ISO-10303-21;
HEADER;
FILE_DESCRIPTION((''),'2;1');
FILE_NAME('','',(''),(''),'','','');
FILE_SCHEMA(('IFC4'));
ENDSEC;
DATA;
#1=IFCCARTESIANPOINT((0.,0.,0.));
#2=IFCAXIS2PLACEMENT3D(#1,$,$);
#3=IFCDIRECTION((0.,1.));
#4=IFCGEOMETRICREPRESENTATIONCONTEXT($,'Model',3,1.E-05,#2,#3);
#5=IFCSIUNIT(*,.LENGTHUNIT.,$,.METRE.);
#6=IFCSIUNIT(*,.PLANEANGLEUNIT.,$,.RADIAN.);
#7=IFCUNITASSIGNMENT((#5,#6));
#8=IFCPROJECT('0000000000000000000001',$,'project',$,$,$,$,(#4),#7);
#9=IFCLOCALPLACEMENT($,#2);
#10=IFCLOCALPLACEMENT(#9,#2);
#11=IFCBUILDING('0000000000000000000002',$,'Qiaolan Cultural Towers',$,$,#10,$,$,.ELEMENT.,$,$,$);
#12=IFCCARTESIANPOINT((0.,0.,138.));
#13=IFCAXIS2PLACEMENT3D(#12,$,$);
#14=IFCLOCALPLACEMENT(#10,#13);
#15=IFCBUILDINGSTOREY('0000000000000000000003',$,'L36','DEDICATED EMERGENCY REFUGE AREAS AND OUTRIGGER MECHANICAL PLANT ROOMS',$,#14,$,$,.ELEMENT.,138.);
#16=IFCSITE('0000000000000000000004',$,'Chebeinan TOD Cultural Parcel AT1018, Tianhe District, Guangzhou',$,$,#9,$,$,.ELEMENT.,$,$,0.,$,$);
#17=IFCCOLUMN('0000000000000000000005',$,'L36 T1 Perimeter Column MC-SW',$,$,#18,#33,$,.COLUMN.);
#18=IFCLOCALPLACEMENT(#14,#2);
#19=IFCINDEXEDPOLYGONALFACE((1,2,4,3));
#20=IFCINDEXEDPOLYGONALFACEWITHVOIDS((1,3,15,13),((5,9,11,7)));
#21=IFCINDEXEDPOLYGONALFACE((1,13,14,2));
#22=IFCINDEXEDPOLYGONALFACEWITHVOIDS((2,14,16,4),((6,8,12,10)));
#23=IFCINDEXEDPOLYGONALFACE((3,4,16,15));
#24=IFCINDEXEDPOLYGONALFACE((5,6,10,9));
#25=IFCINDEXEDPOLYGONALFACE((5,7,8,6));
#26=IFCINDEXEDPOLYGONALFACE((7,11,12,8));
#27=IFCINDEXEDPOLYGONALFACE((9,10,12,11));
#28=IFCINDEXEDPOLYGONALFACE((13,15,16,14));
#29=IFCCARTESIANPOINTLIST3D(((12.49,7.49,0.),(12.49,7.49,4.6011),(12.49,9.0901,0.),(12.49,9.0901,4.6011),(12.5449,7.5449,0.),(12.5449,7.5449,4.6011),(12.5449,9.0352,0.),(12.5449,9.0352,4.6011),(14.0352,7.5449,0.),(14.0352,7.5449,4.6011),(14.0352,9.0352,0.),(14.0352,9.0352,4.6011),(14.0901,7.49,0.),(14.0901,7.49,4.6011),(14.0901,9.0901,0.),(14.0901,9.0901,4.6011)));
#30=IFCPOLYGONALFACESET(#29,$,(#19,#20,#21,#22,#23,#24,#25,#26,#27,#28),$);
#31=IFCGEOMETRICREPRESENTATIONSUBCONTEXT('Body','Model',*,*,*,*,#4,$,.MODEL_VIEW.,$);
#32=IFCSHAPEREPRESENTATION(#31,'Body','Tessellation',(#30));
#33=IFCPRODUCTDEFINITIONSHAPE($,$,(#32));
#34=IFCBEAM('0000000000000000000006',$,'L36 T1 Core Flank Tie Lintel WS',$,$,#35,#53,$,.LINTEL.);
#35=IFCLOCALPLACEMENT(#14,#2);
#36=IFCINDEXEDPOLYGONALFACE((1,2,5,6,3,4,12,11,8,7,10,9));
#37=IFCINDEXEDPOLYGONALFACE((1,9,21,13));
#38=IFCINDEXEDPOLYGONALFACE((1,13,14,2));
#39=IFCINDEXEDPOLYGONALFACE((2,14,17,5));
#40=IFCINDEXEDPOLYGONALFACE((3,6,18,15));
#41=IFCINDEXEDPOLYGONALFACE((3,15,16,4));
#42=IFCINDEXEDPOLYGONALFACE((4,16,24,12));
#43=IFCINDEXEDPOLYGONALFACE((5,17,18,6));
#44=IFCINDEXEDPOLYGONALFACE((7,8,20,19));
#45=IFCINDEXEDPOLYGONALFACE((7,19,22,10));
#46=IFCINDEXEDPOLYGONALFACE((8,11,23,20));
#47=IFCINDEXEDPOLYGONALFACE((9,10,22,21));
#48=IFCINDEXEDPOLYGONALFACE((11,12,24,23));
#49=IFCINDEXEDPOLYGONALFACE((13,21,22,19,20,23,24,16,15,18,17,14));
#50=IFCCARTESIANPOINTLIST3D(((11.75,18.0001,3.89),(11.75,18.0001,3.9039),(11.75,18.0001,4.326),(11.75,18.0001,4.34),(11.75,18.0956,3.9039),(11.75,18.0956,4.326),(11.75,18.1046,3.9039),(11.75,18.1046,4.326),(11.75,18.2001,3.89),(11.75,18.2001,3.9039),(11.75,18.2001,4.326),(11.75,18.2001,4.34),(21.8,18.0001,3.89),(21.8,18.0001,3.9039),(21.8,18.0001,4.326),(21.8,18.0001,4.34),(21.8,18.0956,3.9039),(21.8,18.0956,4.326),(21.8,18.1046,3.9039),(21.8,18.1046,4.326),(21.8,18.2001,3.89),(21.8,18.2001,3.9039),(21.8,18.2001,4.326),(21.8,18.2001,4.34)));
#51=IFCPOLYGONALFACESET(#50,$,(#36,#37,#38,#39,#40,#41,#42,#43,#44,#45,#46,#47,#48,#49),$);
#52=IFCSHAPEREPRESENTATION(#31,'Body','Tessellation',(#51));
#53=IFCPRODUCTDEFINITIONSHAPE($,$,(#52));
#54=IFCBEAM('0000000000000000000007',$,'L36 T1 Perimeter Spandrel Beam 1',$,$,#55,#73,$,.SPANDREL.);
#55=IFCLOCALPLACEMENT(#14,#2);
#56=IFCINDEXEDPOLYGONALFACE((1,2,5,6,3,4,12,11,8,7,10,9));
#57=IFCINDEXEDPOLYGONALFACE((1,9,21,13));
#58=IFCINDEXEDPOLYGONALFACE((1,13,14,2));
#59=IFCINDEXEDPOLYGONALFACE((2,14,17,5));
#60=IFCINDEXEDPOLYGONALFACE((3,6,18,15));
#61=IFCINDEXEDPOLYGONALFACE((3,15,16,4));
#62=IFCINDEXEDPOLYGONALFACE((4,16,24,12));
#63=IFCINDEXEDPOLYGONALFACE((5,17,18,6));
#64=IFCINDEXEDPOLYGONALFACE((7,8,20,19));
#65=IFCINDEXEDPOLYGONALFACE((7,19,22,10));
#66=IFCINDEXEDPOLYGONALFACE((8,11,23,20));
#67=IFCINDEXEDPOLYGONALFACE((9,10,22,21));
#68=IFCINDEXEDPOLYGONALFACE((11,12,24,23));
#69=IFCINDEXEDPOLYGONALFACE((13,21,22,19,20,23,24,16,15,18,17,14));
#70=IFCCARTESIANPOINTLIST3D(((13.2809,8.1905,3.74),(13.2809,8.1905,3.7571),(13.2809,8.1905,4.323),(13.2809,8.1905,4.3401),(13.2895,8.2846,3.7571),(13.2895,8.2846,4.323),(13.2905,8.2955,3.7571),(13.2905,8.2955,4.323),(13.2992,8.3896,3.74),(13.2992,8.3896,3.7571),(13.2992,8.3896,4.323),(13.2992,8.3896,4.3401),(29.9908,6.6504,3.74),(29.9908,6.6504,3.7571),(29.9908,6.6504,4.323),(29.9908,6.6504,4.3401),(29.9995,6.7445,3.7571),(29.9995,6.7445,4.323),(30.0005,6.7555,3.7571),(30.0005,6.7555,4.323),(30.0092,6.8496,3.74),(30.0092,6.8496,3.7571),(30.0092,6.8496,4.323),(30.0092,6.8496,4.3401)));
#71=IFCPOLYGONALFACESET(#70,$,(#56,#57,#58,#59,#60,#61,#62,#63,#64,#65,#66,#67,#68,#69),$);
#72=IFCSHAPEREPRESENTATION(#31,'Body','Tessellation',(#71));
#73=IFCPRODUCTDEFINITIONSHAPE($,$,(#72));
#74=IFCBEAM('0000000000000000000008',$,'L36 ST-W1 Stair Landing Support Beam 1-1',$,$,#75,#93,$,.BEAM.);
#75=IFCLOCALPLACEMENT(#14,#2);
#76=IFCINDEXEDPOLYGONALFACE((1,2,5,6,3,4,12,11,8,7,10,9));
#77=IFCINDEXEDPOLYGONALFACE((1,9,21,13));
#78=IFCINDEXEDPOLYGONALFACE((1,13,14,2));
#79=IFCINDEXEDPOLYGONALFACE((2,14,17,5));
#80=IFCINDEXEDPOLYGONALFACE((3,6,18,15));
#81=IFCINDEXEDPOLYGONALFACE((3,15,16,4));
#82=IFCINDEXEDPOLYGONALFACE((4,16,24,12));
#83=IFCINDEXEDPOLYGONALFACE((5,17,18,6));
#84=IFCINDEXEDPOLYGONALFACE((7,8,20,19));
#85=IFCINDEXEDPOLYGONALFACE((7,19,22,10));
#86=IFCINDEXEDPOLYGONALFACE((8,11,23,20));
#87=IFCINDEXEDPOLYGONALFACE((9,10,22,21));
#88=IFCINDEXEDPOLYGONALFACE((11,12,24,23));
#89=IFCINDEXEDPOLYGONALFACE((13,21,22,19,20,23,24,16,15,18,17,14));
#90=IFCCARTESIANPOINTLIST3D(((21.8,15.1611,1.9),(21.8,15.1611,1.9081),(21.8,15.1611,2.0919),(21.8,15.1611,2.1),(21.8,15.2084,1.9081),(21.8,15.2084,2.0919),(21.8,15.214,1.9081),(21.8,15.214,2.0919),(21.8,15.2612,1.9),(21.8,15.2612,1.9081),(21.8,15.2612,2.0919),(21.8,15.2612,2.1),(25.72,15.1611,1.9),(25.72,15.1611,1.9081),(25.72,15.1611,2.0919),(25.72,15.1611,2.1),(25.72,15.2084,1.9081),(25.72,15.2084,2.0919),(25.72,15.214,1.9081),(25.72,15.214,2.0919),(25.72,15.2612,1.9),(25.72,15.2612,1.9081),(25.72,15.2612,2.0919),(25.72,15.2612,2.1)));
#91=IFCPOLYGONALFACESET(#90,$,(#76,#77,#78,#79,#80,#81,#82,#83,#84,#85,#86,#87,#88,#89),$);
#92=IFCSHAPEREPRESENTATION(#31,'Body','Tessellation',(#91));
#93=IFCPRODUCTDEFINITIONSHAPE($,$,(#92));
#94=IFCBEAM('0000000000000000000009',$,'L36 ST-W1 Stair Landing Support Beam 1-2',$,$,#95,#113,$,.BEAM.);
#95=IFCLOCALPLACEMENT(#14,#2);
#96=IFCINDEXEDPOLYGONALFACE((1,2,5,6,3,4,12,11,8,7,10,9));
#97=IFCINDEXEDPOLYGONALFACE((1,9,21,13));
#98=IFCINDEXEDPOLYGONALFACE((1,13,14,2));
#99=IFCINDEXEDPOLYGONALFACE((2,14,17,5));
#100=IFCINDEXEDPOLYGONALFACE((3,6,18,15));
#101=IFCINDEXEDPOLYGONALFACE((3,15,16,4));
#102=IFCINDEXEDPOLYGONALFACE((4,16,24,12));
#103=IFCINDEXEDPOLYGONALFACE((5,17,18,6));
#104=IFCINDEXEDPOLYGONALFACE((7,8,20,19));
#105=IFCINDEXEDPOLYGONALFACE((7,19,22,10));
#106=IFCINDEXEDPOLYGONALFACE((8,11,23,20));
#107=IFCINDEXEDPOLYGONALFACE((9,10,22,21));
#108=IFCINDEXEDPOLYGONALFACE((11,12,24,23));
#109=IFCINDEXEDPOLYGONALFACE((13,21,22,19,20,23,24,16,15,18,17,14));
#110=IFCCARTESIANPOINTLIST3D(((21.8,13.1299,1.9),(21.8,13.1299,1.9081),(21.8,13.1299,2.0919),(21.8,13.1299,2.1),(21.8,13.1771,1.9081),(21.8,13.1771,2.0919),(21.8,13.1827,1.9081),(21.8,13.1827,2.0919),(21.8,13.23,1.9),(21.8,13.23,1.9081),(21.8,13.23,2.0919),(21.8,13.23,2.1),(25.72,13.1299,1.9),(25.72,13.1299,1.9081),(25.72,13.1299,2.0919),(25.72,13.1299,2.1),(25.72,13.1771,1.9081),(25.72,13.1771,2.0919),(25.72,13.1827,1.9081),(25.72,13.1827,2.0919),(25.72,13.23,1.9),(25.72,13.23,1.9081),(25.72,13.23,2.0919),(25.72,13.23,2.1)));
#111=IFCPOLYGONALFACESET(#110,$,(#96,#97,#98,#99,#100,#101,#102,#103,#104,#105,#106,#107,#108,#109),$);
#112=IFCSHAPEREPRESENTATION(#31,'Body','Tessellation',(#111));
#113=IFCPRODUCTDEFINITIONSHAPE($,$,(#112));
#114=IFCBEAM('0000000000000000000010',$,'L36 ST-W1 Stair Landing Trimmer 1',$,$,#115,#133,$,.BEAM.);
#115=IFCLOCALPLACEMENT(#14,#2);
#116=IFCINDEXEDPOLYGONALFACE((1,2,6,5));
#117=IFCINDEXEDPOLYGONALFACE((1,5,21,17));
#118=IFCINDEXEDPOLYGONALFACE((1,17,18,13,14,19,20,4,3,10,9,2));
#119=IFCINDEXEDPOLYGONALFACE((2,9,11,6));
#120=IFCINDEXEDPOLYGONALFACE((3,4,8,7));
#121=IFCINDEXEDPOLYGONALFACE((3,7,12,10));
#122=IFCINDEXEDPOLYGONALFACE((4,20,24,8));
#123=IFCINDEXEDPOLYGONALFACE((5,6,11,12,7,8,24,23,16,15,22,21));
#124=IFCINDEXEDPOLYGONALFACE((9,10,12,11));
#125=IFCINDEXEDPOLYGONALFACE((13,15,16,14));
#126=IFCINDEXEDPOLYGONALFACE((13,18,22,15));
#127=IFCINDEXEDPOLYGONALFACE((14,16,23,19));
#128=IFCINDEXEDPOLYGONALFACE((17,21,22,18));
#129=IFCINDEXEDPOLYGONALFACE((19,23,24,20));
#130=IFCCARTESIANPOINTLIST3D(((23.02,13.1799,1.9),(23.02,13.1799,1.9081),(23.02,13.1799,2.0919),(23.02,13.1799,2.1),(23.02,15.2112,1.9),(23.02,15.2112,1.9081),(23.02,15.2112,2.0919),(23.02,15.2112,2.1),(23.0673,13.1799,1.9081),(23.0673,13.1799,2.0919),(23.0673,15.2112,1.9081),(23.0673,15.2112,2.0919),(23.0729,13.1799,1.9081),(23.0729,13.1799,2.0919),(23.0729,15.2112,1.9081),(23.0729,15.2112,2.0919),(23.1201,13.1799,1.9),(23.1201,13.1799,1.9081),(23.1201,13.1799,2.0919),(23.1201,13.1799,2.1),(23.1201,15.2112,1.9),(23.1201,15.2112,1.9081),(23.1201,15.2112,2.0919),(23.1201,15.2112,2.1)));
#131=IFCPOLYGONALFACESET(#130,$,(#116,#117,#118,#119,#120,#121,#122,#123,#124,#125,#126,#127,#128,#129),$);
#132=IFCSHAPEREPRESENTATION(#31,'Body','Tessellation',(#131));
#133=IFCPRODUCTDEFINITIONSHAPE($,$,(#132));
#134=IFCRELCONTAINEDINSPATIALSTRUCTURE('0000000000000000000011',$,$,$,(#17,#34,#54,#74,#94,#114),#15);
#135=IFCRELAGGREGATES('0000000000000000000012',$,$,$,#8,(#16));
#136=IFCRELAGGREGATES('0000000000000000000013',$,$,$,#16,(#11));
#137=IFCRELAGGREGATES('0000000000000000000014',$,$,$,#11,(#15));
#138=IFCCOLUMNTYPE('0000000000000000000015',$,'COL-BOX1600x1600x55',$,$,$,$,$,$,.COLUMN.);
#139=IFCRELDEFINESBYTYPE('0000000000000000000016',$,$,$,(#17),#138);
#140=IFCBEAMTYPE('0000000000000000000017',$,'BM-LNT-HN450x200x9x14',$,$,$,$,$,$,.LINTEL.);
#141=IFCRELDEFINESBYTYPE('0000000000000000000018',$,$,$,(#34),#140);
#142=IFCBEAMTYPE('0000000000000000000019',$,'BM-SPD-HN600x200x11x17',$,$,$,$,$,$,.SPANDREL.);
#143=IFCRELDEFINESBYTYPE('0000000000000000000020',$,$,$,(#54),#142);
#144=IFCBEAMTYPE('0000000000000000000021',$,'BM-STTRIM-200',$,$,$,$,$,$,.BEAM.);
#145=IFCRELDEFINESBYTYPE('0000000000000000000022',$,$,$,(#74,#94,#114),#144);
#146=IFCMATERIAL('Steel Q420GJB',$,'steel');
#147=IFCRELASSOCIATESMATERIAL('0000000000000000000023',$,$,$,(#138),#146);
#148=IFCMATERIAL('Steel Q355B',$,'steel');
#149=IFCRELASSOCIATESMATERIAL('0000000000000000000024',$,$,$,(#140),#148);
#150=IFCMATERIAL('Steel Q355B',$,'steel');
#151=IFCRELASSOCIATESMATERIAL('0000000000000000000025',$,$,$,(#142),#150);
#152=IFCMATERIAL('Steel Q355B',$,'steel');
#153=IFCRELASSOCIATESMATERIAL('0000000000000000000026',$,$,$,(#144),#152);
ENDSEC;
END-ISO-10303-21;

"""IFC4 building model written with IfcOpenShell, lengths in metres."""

from ifc_helpers import new_model, si_unit, direction, frame, origin, origin_2d, place, context, subcontext, project, spatial, hollow_rectangle, i_section, extrude, material, material_profile, profile_set, type_object, element, save


model = new_model("IFC4")

# Units and contexts
model_context = context("Model", 3, precision=1e-05, world=origin(), true_north=direction((0.0, 1.0)))
body_context = subcontext(model_context, "Body", "Model", "MODEL_VIEW")
ifc_project = project(units=[si_unit("LENGTHUNIT", "METRE"), si_unit("PLANEANGLEUNIT", "RADIAN")], contexts=[model_context])

# Site, building, storey
site_placement = place(None, origin())
site = spatial("IfcSite", under=ifc_project, at=site_placement, Name="Chebeinan TOD Cultural Parcel AT1018, Tianhe District, Guangzhou", CompositionType="ELEMENT", RefElevation=0.0)
building_placement = place(site_placement, origin())
building = spatial("IfcBuilding", under=site, at=building_placement, Name="Qiaolan Cultural Towers", CompositionType="ELEMENT")
storey_placement = place(building_placement, frame((0.0, 0.0, 138.0)))
storey = spatial("IfcBuildingStorey", under=building, at=storey_placement, Name="L36", Description="DEDICATED EMERGENCY REFUGE AREAS AND OUTRIGGER MECHANICAL PLANT ROOMS", CompositionType="ELEMENT", Elevation=138.0)

# Column
ifc_material_1 = material(Name="Steel Q420GJB", Category="steel")
ifc_material_profile_1 = material_profile(ifc_material_1, hollow_rectangle(XDim=1.6001, YDim=1.6001, WallThickness=0.0549, at=origin_2d()), Name="BOX1600x1600x55")
ifc_profile_set_1 = profile_set([ifc_material_profile_1], Name="Steel Q420GJB")
column_type = type_object("IfcColumnType", Name="COL-BOX1600x1600x55", PredefinedType="COLUMN", material=ifc_profile_set_1)
column_placement = place(storey_placement, frame((13.29, 8.29, 0.0), z_axis=(0.0, 0.0, 1.0), x_axis=(1.0, 0.0, 0.0)))
element("IfcColumn", 1, at=column_placement, inside=storey, type_object=column_type, Name="L36 T1 Perimeter Column MC-SW", PredefinedType="COLUMN", context=body_context, shape_type="SweptSolid", body=[
    extrude(hollow_rectangle(XDim=1.6001, YDim=1.6001, WallThickness=0.0549, at=origin_2d()), origin(), (0.0, 0.0, 1.0), 4.6011),
])

# Beams
ifc_material_2 = material(Name="Steel Q355B", Category="steel")
ifc_material_profile_2 = material_profile(ifc_material_2, i_section(OverallWidth=0.2, OverallDepth=0.45, WebThickness=0.009, FlangeThickness=0.0139, at=origin_2d()), Name="HN450x200x9x14")
ifc_profile_set_2 = profile_set([ifc_material_profile_2], Name="Steel Q355B")
beam_type_1 = type_object("IfcBeamType", Name="BM-LNT-HN450x200x9x14", PredefinedType="LINTEL", material=ifc_profile_set_2)
beam_1_placement = place(storey_placement, frame((21.8, 18.1001, 4.115), z_axis=(-1.0, 0.0, 0.0), x_axis=(0.0, -1.0, 0.0)))
element("IfcBeam", 2, at=beam_1_placement, inside=storey, type_object=beam_type_1, Name="L36 T1 Core Flank Tie Lintel WS", PredefinedType="LINTEL", context=body_context, shape_type="SweptSolid", body=[
    extrude(i_section(OverallWidth=0.2, OverallDepth=0.45, WebThickness=0.009, FlangeThickness=0.0139, at=origin_2d()), origin(), (0.0, 0.0, 1.0), 10.05),
])
ifc_material_3 = material(Name="Steel Q355B", Category="steel")
ifc_material_profile_3 = material_profile(ifc_material_3, i_section(OverallWidth=0.2, OverallDepth=0.6001, WebThickness=0.011, FlangeThickness=0.0171, at=origin_2d()), Name="HN600x200x11x17")
ifc_profile_set_3 = profile_set([ifc_material_profile_3], Name="Steel Q355B")
beam_type_2 = type_object("IfcBeamType", Name="BM-SPD-HN600x200x11x17", PredefinedType="SPANDREL", material=ifc_profile_set_3)
beam_2_placement = place(storey_placement, frame((13.29, 8.29, 4.04), z_axis=(0.99578, -0.091774, 0.0), x_axis=(0.091774, 0.99578, 0.0)))
element("IfcBeam", 3, at=beam_2_placement, inside=storey, type_object=beam_type_2, Name="L36 T1 Perimeter Spandrel Beam 1", PredefinedType="SPANDREL", context=body_context, shape_type="SweptSolid", body=[
    extrude(i_section(OverallWidth=0.2, OverallDepth=0.6001, WebThickness=0.011, FlangeThickness=0.0171, at=origin_2d()), origin(), (0.0, 0.0, 1.0), 16.7808),
])
ifc_material_4 = material(Name="Steel Q355B", Category="steel")
ifc_material_profile_4 = material_profile(ifc_material_4, i_section(OverallWidth=0.1001, OverallDepth=0.2, WebThickness=0.0056, FlangeThickness=0.0081, at=origin_2d()), Name="HN200x100x5.5x8")
ifc_profile_set_4 = profile_set([ifc_material_profile_4], Name="Steel Q355B")
beam_type_3 = type_object("IfcBeamType", Name="BM-STTRIM-200", PredefinedType="BEAM", material=ifc_profile_set_4)
for number, where, z_axis, x_axis, name in (
    (4, (21.8, 15.2112, 2.0), (1.0, 0.0, 0.0), (0.0, 1.0, 0.0), "L36 ST-W1 Stair Landing Support Beam 1-1"),
    (5, (21.8, 13.1799, 2.0), (1.0, 0.0, 0.0), (0.0, 1.0, 0.0), "L36 ST-W1 Stair Landing Support Beam 1-2"),
):
    element("IfcBeam", number, at=place(storey_placement, frame(where, z_axis=z_axis, x_axis=x_axis)), inside=storey, type_object=beam_type_3, Name=name, PredefinedType="BEAM", context=body_context, shape_type="SweptSolid", body=[
        extrude(i_section(OverallWidth=0.1001, OverallDepth=0.2, WebThickness=0.0056, FlangeThickness=0.0081, at=origin_2d()), origin(), (0.0, 0.0, 1.0), 3.9199),
    ])
beam_3_placement = place(storey_placement, frame((23.0701, 15.2112, 2.0), z_axis=(0.0, -1.0, 0.0), x_axis=(1.0, 0.0, 0.0)))
element("IfcBeam", 6, at=beam_3_placement, inside=storey, type_object=beam_type_3, Name="L36 ST-W1 Stair Landing Trimmer 1", PredefinedType="BEAM", context=body_context, shape_type="SweptSolid", body=[
    extrude(i_section(OverallWidth=0.1001, OverallDepth=0.2, WebThickness=0.0056, FlangeThickness=0.0081, at=origin_2d()), origin(), (0.0, 0.0, 1.0), 2.0312),
])

save(model, "model.ifc")
